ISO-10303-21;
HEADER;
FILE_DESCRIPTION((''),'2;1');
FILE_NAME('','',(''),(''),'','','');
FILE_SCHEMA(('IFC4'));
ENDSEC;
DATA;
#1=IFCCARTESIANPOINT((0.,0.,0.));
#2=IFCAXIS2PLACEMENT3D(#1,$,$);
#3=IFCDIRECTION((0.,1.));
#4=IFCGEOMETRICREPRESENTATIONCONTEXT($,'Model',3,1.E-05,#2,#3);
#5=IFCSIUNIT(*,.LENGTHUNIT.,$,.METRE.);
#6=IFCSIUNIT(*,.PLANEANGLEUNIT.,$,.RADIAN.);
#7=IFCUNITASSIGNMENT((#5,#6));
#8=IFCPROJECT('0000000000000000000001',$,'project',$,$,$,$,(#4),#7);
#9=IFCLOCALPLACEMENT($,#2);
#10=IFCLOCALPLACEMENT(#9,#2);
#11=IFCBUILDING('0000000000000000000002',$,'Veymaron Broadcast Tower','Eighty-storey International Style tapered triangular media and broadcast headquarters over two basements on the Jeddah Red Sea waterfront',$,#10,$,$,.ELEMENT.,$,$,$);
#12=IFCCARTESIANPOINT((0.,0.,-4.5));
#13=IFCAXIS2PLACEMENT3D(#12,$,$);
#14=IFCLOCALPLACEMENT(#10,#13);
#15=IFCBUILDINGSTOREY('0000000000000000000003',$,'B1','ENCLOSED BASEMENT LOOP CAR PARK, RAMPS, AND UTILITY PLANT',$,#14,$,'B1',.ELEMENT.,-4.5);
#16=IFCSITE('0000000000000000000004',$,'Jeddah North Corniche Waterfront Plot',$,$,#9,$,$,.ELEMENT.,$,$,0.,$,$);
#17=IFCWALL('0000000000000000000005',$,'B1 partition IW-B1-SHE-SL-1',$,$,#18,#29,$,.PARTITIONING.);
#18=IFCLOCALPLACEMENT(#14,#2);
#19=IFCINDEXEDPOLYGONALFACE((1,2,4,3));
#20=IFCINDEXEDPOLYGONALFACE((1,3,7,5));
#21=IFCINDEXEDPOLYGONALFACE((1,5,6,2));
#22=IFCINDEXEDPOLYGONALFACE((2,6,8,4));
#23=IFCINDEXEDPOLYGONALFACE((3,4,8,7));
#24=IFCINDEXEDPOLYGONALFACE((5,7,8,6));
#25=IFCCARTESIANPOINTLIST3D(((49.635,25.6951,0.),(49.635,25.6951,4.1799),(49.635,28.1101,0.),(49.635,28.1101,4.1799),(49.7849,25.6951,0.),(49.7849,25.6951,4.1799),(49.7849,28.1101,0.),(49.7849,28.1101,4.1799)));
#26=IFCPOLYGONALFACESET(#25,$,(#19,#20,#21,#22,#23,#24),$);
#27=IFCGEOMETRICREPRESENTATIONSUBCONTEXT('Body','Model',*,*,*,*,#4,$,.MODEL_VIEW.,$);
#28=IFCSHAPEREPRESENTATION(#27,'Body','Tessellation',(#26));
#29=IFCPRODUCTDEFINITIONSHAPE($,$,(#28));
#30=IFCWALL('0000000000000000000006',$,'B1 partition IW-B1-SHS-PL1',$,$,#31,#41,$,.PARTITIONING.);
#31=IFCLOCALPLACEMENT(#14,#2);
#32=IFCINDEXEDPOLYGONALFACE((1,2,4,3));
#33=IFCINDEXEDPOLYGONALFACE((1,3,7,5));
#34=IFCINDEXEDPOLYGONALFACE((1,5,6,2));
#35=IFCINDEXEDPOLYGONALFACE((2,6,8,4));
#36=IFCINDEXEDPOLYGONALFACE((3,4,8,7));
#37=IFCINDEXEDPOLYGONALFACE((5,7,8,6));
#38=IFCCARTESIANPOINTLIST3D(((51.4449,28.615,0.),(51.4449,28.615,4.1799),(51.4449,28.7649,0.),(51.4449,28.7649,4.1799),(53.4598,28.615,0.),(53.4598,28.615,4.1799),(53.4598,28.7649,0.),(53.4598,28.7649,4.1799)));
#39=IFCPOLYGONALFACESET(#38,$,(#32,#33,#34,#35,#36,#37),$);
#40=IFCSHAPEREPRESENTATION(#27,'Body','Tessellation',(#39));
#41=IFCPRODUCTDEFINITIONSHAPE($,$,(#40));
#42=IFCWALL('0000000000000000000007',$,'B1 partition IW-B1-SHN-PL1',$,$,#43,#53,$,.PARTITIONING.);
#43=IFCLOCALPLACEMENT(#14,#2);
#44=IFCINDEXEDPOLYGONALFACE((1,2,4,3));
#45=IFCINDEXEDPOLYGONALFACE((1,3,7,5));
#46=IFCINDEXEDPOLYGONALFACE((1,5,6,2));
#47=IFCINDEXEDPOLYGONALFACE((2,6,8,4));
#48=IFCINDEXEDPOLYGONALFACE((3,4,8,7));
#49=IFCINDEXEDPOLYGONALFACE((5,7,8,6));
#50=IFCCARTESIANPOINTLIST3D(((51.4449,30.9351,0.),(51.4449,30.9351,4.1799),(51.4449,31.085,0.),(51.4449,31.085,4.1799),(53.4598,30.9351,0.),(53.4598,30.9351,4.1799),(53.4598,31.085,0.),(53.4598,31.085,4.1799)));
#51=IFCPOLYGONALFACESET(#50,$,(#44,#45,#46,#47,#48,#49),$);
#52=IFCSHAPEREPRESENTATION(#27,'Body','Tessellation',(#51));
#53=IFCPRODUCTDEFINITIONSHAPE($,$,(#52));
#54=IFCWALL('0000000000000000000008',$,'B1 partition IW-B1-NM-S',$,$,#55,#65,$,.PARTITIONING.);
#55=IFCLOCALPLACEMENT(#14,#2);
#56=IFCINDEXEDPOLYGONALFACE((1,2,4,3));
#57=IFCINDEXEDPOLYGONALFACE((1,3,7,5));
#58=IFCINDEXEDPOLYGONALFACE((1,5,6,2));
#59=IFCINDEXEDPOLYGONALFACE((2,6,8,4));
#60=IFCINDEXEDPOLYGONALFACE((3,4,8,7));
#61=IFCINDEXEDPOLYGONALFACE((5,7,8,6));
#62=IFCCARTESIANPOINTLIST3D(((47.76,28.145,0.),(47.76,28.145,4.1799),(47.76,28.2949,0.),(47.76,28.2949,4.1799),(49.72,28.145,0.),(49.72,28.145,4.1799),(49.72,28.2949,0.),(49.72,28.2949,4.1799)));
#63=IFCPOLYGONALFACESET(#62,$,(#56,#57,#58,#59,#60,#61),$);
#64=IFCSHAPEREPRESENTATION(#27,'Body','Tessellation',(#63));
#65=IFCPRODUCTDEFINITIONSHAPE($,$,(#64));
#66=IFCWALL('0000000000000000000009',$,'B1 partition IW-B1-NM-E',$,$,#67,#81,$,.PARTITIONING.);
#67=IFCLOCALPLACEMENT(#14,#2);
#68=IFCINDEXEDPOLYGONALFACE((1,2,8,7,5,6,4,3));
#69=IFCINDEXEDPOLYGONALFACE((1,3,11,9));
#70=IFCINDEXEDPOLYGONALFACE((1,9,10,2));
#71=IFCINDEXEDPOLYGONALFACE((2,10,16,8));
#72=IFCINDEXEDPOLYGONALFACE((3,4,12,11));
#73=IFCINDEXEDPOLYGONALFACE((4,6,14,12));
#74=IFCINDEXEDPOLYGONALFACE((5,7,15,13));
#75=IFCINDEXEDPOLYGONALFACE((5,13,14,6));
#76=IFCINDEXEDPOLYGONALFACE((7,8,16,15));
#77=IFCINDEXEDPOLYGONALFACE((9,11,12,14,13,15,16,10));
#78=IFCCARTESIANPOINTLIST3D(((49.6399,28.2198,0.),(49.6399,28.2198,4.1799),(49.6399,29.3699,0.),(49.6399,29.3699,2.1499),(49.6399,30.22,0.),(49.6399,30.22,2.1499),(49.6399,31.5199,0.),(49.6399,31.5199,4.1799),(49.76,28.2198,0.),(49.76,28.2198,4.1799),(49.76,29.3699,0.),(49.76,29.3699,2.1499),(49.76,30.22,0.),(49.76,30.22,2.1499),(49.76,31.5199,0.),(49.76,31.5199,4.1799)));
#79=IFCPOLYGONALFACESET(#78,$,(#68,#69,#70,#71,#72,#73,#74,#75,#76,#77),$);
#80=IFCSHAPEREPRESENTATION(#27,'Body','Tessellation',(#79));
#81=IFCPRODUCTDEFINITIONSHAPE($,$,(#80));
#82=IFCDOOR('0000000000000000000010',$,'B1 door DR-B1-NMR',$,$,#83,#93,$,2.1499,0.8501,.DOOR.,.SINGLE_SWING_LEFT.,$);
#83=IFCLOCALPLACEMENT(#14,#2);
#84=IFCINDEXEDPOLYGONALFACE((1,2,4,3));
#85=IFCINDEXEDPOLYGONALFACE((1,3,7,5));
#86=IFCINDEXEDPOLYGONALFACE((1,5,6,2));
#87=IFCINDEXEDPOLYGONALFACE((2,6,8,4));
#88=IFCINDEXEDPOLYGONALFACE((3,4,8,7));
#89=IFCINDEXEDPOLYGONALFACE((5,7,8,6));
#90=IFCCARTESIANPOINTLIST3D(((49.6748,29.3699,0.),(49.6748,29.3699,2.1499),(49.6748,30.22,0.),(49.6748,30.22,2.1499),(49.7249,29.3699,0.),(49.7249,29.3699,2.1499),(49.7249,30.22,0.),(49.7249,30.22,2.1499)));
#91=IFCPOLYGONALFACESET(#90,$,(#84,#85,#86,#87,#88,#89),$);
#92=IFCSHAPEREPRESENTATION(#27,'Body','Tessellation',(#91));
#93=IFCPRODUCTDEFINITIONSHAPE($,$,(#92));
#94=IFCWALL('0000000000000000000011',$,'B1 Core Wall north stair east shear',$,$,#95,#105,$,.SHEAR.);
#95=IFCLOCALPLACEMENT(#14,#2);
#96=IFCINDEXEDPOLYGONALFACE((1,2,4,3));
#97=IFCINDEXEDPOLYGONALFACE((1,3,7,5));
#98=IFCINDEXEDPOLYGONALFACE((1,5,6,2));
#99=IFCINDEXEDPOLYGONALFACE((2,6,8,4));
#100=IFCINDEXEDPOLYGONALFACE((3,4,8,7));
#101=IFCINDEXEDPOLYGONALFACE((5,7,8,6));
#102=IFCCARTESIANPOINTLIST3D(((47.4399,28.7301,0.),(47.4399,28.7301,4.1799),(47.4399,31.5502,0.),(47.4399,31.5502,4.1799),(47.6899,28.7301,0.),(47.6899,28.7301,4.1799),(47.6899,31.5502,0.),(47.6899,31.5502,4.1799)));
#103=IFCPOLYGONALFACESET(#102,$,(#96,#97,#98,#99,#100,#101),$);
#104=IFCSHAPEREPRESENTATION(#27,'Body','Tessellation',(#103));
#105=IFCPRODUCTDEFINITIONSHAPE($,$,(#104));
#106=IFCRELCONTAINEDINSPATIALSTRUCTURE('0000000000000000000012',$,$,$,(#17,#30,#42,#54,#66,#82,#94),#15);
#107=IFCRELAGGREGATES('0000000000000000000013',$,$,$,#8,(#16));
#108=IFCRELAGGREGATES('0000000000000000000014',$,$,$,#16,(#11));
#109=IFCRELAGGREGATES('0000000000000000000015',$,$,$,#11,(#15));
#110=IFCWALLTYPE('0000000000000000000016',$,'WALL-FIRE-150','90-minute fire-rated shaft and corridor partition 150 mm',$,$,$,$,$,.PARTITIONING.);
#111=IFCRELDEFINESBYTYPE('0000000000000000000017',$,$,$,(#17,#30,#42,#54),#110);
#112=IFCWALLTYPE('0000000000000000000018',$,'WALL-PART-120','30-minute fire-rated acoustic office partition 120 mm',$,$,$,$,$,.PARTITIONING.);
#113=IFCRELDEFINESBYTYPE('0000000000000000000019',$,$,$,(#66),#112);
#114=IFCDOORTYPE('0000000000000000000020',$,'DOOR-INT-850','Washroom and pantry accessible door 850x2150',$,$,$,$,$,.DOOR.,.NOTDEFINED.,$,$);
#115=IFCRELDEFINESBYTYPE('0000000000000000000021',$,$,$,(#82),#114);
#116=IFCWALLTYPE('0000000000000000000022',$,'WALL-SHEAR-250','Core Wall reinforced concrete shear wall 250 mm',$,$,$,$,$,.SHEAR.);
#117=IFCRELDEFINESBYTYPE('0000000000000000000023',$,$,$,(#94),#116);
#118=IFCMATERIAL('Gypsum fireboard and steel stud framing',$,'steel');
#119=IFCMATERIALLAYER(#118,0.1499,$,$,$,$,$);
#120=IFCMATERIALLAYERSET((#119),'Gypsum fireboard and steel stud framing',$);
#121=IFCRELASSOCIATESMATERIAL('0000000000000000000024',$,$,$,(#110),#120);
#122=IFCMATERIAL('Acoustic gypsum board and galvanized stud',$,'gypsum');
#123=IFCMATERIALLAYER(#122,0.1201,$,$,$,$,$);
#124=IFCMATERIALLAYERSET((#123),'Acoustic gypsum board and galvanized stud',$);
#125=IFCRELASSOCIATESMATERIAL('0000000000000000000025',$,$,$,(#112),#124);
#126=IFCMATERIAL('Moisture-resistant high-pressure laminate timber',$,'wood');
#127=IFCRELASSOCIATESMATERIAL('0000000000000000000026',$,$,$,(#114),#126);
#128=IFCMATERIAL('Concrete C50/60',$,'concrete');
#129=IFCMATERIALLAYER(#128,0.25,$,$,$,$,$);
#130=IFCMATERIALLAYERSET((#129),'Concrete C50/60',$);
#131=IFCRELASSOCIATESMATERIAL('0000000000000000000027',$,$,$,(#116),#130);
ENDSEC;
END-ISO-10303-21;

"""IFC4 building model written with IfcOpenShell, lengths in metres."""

from ifc_helpers import new_model, si_unit, direction, frame, frame_2d, origin, place, context, subcontext, project, spatial, rectangle, extrude, material, layer, layer_set, type_object, element, fill, save


model = new_model("IFC4")

# Units and contexts
model_context = context("Model", 3, precision=1e-05, world=origin(), true_north=direction((0.0, 1.0)))
body_context = subcontext(model_context, "Body", "Model", "MODEL_VIEW")
ifc_project = project(units=[si_unit("LENGTHUNIT", "METRE"), si_unit("PLANEANGLEUNIT", "RADIAN")], contexts=[model_context])

# Site, building, storey
site_placement = place(None, origin())
site = spatial("IfcSite", under=ifc_project, at=site_placement, Name="Jeddah North Corniche Waterfront Plot", CompositionType="ELEMENT", RefElevation=0.0)
building_placement = place(site_placement, origin())
building = spatial("IfcBuilding", under=site, at=building_placement, Name="Veymaron Broadcast Tower", Description="Eighty-storey International Style tapered triangular media and broadcast headquarters over two basements on the Jeddah Red Sea waterfront", CompositionType="ELEMENT")
storey_placement = place(building_placement, frame((0.0, 0.0, -4.5)))
storey = spatial("IfcBuildingStorey", under=building, at=storey_placement, Name="B1", Description="ENCLOSED BASEMENT LOOP CAR PARK, RAMPS, AND UTILITY PLANT", LongName="B1", CompositionType="ELEMENT", Elevation=-4.5)

# Shared definitions
ifc_material_1 = material(Name="Gypsum fireboard and steel stud framing", Category="steel")
ifc_layer_1 = layer(ifc_material_1, 0.1499)
ifc_layer_set_1 = layer_set([ifc_layer_1], Name="Gypsum fireboard and steel stud framing")
wall_type_1 = type_object("IfcWallType", Name="WALL-FIRE-150", Description="90-minute fire-rated shaft and corridor partition 150 mm", PredefinedType="PARTITIONING", material=ifc_layer_set_1)

# Wall
for number, where, z_axis, x_axis, name in (
    (1, (49.71, 25.6951, 0.0), (0.0, 0.0, 1.0), (0.0, 1.0, 0.0), "B1 partition IW-B1-SHE-SL-1"),
):
    element("IfcWall", number, at=place(storey_placement, frame(where, z_axis=z_axis, x_axis=x_axis)), inside=storey, type_object=wall_type_1, Name=name, PredefinedType="PARTITIONING", context=body_context, shape_type="SweptSolid", body=[
        extrude(rectangle(XDim=2.415, YDim=0.1499, at=frame_2d((1.2075, 0.0))), origin(), (0.0, 0.0, 1.0), 4.1799),
    ])

# Walls
for number, where, z_axis, x_axis, name in (
    (2, (51.4451, 28.6899, 0.0), (0.0, 0.0, 1.0), (1.0, 0.0, 0.0), "B1 partition IW-B1-SHS-PL1"),
    (3, (51.4451, 31.01, 0.0), (0.0, 0.0, 1.0), (1.0, 0.0, 0.0), "B1 partition IW-B1-SHN-PL1"),
):
    element("IfcWall", number, at=place(storey_placement, frame(where, z_axis=z_axis, x_axis=x_axis)), inside=storey, type_object=wall_type_1, Name=name, PredefinedType="PARTITIONING", context=body_context, shape_type="SweptSolid", body=[
        extrude(rectangle(XDim=2.0149, YDim=0.1499, at=frame_2d((1.0073, 0.0))), origin(), (0.0, 0.0, 1.0), 4.1799),
    ])
wall_1_placement = place(storey_placement, frame((47.76, 28.22, 0.0), z_axis=(0.0, 0.0, 1.0), x_axis=(1.0, 0.0, 0.0)))
element("IfcWall", 4, at=wall_1_placement, inside=storey, type_object=wall_type_1, Name="B1 partition IW-B1-NM-S", PredefinedType="PARTITIONING", context=body_context, shape_type="SweptSolid", body=[
    extrude(rectangle(XDim=1.96, YDim=0.1499, at=frame_2d((0.98, 0.0))), origin(), (0.0, 0.0, 1.0), 4.1799),
])

# Wall, opening, door
ifc_material_2 = material(Name="Acoustic gypsum board and galvanized stud", Category="gypsum")
ifc_layer_2 = layer(ifc_material_2, 0.1201)
ifc_layer_set_2 = layer_set([ifc_layer_2], Name="Acoustic gypsum board and galvanized stud")
wall_type_2 = type_object("IfcWallType", Name="WALL-PART-120", Description="30-minute fire-rated acoustic office partition 120 mm", PredefinedType="PARTITIONING", material=ifc_layer_set_2)
wall_2_placement = place(storey_placement, frame((49.7, 28.22, 0.0), z_axis=(0.0, 0.0, 1.0), x_axis=(0.0, 1.0, 0.0)))
wall_2 = element("IfcWall", 5, at=wall_2_placement, inside=storey, type_object=wall_type_2, Name="B1 partition IW-B1-NM-E", PredefinedType="PARTITIONING", context=body_context, shape_type="SweptSolid", body=[
    extrude(rectangle(XDim=3.3, YDim=0.1201, at=frame_2d((1.6499, 0.0))), origin(), (0.0, 0.0, 1.0), 4.1799),
])
opening_1_placement = place(wall_2_placement, frame((1.1499, 0.0, 0.0)))
opening_1 = element("IfcOpeningElement", 6, at=opening_1_placement, cuts=wall_2, PredefinedType="OPENING", context=body_context, shape_type="SweptSolid", body=[
    extrude(rectangle(XDim=0.8501, YDim=2.1499, at=frame_2d((0.425, 1.075))), frame((0.0, 0.0701, 0.0), z_axis=(0.0, -1.0, 0.0), x_axis=(1.0, 0.0, 0.0)), (0.0, 0.0, 1.0), 0.1401),
])
ifc_material_3 = material(Name="Moisture-resistant high-pressure laminate timber", Category="wood")
door_type_1 = type_object("IfcDoorType", Name="DOOR-INT-850", Description="Washroom and pantry accessible door 850x2150", OperationType="NOTDEFINED", PredefinedType="DOOR", material=ifc_material_3)
door_1_placement = place(opening_1_placement, frame((0.8501, 0.0, 0.0), z_axis=(0.0, 0.0, 1.0), x_axis=(-1.0, 0.0, 0.0)))
door_1 = element("IfcDoor", 7, at=door_1_placement, inside=storey, type_object=door_type_1, Name="B1 door DR-B1-NMR", OperationType="SINGLE_SWING_LEFT", OverallHeight=2.1499, OverallWidth=0.8501, PredefinedType="DOOR", context=body_context, shape_type="SweptSolid", body=[
    extrude(rectangle(XDim=0.8501, YDim=2.1499, at=frame_2d((0.425, 1.075))), frame((0.0, 0.0249, 0.0), z_axis=(0.0, -1.0, 0.0), x_axis=(1.0, 0.0, 0.0)), (0.0, 0.0, 1.0), 0.05),
])
fill(opening_1, door_1)

# Wall
ifc_material_4 = material(Name="Concrete C50/60", Category="concrete")
ifc_layer_3 = layer(ifc_material_4, 0.25)
ifc_layer_set_3 = layer_set([ifc_layer_3], Name="Concrete C50/60")
wall_type_3 = type_object("IfcWallType", Name="WALL-SHEAR-250", Description="Core Wall reinforced concrete shear wall 250 mm", PredefinedType="SHEAR", material=ifc_layer_set_3)
wall_3_placement = place(storey_placement, frame((47.5649, 28.73, 0.0), z_axis=(0.0, 0.0, 1.0), x_axis=(0.0, 1.0, 0.0)))
element("IfcWall", 8, at=wall_3_placement, inside=storey, type_object=wall_type_3, Name="B1 Core Wall north stair east shear", PredefinedType="SHEAR", context=body_context, shape_type="SweptSolid", body=[
    extrude(rectangle(XDim=2.8201, YDim=0.25, at=frame_2d((1.4102, 0.0))), origin(), (0.0, 0.0, 1.0), 4.1799),
])

save(model, "model.ifc")
